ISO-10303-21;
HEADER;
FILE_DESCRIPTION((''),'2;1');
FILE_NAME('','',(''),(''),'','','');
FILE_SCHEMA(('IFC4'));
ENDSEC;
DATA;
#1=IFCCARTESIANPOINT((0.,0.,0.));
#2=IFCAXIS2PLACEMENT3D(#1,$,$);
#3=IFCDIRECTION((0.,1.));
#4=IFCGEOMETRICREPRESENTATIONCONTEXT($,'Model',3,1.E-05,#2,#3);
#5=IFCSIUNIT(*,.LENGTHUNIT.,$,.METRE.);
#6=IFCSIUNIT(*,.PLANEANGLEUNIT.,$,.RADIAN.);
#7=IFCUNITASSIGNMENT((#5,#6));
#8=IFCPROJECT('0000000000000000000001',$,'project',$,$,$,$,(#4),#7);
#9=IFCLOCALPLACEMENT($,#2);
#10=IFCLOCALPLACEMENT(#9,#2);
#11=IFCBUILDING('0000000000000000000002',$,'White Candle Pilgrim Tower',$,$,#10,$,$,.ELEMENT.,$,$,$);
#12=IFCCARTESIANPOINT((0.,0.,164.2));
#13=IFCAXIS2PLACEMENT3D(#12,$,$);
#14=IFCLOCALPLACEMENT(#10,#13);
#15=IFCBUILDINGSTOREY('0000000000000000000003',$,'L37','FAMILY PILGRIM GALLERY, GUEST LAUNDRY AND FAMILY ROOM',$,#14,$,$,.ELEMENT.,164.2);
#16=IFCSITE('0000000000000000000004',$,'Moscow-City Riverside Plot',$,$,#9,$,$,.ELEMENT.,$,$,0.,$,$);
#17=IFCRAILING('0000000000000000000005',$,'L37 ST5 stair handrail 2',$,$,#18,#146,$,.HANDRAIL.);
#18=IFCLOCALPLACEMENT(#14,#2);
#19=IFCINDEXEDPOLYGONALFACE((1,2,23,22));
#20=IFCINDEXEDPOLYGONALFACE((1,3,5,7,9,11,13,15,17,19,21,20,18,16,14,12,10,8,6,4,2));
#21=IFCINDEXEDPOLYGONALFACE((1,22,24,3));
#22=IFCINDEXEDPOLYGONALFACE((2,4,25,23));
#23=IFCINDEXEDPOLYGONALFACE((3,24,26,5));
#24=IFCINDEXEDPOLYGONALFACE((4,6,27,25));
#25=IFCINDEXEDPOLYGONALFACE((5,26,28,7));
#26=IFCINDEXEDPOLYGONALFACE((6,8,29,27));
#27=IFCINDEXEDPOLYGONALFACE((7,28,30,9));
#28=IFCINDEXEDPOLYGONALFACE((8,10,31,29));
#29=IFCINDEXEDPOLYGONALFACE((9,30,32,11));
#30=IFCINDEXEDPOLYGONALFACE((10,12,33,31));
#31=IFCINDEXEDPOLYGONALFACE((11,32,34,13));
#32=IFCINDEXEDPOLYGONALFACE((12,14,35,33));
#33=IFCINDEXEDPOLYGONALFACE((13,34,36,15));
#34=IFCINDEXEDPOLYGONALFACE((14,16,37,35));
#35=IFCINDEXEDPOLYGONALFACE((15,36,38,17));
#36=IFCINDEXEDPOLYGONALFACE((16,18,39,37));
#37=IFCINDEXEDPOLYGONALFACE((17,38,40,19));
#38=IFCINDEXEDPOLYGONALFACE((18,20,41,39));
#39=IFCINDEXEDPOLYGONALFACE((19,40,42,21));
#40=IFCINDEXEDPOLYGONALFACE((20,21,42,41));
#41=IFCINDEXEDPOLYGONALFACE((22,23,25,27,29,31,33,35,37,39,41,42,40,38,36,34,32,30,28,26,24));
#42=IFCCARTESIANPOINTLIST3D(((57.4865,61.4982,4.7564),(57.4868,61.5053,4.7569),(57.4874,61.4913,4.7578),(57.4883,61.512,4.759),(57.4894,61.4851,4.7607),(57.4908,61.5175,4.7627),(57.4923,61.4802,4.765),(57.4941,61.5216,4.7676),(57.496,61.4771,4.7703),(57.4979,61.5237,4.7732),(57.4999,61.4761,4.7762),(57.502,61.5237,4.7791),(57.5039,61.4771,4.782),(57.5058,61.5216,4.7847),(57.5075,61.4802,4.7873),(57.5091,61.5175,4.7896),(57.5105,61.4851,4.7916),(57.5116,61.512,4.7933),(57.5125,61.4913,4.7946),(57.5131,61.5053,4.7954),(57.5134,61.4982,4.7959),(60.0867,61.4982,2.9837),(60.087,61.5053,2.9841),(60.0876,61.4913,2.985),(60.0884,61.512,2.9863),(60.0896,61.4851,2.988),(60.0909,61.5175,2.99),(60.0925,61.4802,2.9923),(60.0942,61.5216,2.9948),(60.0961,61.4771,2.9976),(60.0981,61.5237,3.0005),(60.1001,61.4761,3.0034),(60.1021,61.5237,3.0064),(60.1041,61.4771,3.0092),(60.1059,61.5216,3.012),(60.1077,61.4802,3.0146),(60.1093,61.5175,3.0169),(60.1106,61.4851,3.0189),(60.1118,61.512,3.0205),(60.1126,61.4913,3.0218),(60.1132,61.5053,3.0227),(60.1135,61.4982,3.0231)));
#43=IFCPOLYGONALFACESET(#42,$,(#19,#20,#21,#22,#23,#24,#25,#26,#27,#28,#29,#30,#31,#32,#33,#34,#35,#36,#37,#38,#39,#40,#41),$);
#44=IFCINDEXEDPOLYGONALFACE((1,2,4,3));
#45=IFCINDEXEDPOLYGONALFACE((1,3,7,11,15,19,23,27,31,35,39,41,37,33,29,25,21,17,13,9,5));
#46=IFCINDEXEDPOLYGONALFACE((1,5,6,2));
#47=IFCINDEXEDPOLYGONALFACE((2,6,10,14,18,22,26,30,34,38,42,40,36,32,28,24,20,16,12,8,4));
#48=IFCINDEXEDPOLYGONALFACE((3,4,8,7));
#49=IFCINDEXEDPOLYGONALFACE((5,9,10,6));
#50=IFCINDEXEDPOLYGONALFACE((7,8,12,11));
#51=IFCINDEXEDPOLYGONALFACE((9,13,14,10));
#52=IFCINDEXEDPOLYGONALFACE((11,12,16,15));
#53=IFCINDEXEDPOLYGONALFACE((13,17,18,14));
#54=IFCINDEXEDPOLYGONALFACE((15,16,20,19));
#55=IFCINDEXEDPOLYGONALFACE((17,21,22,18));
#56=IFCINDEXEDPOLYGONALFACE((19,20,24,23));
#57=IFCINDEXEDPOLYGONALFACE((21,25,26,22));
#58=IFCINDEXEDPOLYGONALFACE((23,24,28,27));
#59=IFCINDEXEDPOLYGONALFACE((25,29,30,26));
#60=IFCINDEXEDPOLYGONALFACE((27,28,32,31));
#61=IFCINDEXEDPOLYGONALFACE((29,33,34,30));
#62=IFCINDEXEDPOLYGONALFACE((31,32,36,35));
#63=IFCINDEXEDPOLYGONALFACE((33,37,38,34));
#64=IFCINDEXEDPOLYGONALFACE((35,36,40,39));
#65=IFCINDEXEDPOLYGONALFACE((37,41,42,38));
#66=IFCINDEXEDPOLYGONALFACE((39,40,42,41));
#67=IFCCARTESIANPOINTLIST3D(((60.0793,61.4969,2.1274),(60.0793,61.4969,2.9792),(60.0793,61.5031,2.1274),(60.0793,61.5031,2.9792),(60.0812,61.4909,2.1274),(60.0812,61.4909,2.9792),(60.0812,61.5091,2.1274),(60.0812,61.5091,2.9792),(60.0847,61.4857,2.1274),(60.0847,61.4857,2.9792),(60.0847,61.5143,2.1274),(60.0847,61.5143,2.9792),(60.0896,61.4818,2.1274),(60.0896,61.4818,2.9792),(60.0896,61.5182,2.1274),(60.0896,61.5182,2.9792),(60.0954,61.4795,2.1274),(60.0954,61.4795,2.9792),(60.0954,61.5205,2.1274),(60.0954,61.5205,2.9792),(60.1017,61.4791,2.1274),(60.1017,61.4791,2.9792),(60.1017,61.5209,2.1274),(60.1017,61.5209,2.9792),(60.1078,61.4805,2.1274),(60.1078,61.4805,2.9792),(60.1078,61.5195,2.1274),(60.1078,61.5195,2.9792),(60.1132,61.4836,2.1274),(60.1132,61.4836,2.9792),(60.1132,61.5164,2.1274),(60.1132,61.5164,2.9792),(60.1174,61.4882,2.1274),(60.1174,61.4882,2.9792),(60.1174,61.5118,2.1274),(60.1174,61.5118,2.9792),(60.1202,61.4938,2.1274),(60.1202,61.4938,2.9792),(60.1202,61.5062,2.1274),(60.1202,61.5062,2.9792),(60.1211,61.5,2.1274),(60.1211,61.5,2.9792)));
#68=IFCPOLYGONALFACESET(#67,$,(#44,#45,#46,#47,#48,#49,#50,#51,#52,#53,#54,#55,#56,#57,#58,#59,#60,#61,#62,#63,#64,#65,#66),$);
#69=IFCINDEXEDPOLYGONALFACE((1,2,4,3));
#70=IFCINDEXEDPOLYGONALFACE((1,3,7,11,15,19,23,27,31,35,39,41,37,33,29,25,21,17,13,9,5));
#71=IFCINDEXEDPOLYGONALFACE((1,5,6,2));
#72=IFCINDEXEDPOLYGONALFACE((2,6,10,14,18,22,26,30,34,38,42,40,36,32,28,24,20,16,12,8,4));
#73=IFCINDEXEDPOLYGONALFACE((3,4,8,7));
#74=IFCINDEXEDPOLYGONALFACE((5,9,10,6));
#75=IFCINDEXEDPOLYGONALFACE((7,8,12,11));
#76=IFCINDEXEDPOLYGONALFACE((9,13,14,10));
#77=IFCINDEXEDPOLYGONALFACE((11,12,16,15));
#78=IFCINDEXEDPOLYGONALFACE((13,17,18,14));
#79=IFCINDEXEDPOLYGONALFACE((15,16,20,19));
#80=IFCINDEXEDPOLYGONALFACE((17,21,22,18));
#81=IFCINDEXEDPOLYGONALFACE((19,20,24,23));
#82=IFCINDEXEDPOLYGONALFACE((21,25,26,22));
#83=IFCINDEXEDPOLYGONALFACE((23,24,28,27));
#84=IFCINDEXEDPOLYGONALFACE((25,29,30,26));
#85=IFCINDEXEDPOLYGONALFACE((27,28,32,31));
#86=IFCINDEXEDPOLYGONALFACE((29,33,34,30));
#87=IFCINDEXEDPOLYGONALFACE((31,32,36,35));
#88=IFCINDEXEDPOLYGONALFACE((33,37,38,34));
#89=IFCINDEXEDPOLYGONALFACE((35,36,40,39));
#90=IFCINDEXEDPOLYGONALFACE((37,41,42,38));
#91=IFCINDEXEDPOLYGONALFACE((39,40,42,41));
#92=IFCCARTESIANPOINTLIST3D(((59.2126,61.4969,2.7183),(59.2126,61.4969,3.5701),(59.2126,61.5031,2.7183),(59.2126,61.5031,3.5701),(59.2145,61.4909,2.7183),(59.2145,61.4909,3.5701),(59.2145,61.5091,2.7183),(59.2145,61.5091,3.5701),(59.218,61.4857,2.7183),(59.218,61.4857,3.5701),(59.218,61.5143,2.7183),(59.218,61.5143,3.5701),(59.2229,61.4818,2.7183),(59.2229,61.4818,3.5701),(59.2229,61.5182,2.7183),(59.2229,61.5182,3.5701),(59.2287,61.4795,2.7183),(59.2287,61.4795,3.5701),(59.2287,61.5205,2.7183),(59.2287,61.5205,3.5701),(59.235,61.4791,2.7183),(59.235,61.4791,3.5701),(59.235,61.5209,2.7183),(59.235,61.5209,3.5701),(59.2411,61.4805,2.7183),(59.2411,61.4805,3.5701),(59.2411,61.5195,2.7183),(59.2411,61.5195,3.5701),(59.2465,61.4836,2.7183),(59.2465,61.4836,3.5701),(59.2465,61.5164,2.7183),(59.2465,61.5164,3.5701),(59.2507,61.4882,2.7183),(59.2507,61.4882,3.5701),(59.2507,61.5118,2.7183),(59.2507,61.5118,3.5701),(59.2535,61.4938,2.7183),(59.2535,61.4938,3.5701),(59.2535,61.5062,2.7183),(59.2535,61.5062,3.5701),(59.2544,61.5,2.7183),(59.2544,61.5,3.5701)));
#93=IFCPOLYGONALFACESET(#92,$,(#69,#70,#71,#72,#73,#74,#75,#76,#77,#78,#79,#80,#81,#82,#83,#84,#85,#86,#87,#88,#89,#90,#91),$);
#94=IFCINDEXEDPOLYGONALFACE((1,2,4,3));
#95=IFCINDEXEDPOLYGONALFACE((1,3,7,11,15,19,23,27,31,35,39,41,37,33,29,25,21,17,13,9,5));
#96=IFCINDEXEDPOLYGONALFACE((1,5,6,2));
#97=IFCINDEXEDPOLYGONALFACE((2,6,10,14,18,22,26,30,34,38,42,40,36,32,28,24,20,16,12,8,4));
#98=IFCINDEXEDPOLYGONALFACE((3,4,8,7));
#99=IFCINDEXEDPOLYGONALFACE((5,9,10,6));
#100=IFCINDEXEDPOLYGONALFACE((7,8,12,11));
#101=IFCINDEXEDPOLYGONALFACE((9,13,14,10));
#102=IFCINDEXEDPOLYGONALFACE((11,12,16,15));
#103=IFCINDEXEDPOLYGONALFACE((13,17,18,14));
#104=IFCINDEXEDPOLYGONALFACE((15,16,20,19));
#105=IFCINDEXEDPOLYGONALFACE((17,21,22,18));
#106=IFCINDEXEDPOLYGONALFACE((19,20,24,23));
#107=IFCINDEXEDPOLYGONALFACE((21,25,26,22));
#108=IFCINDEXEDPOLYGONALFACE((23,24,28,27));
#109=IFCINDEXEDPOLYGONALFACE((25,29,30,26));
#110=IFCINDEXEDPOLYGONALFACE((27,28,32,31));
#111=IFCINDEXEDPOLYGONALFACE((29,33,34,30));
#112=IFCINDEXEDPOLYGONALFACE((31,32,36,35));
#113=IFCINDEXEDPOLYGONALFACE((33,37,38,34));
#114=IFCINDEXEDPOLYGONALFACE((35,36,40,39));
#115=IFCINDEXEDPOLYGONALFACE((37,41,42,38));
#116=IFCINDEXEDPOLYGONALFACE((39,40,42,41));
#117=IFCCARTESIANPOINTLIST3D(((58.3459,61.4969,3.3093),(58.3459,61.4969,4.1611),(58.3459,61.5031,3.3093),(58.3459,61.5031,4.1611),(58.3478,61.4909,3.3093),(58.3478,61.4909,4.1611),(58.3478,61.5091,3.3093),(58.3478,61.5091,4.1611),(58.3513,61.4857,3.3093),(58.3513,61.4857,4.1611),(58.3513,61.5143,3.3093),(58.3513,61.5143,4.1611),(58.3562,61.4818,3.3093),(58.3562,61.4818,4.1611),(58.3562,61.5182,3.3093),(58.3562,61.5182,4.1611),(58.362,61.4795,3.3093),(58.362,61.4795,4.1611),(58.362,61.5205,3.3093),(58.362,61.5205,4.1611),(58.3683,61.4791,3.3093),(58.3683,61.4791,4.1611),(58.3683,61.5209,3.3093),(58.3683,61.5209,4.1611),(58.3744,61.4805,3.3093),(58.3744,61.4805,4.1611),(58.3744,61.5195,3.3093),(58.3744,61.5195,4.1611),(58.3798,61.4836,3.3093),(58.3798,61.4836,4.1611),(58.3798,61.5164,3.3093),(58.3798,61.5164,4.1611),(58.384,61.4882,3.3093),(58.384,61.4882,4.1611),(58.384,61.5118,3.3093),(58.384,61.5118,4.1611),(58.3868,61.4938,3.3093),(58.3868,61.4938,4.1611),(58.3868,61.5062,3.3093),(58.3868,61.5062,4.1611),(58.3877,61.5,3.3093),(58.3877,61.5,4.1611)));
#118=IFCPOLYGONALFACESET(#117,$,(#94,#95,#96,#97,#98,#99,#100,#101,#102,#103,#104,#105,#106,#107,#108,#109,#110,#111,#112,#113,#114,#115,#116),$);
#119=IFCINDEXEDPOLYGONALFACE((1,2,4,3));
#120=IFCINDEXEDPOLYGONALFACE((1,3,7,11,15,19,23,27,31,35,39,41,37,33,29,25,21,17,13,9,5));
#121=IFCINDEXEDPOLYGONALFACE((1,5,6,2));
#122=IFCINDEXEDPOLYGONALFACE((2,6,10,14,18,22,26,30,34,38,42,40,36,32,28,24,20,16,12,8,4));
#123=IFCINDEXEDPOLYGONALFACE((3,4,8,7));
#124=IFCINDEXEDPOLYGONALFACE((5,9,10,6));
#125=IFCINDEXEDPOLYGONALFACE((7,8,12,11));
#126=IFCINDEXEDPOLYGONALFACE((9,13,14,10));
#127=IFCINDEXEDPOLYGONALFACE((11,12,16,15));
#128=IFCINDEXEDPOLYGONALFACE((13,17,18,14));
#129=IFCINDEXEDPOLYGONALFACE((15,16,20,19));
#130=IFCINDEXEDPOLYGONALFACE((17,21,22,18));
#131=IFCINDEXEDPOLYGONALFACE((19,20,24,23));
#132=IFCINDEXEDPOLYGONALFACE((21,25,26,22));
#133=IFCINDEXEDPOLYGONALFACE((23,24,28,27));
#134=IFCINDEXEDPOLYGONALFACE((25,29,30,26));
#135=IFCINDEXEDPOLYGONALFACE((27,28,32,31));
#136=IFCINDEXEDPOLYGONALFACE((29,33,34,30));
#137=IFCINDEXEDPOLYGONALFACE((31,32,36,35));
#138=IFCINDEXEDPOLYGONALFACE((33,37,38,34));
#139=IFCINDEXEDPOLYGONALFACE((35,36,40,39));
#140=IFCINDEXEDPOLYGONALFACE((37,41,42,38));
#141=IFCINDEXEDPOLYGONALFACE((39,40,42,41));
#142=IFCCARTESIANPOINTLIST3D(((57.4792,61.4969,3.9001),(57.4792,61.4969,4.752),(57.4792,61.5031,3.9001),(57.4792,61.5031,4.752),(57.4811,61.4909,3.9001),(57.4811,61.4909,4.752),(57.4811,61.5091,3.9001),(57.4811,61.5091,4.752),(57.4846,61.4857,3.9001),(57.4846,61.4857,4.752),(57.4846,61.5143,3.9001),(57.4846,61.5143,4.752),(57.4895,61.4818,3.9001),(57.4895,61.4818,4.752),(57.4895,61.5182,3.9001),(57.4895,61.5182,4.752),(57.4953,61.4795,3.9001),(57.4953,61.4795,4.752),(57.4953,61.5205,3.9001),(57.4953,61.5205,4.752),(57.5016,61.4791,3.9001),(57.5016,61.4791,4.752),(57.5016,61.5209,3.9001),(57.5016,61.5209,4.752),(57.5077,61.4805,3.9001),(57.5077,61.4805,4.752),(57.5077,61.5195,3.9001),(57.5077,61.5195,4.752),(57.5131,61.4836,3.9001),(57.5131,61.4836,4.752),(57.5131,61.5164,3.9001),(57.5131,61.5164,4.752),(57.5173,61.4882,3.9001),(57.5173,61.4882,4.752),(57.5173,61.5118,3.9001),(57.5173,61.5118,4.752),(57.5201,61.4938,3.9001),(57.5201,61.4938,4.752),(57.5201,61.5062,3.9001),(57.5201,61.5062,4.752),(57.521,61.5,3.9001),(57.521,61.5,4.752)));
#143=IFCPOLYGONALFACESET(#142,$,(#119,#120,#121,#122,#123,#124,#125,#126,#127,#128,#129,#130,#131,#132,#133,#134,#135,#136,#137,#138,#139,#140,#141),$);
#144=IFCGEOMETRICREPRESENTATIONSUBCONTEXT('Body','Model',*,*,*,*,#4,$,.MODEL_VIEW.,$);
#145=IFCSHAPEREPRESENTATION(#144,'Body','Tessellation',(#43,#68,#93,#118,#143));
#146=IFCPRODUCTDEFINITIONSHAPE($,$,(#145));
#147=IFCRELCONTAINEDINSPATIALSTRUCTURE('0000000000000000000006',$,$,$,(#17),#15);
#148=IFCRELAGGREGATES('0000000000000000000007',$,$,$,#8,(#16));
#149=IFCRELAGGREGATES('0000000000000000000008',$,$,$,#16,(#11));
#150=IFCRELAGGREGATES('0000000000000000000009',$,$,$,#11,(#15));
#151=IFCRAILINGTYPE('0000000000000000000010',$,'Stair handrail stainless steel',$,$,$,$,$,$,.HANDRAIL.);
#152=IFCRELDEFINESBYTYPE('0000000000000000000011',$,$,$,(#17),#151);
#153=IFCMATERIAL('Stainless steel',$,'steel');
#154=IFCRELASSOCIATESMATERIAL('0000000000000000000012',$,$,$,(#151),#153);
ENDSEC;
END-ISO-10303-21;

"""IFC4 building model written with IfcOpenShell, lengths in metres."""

from ifc_helpers import new_model, si_unit, direction, frame, origin, origin_2d, place, context, subcontext, project, spatial, circle, extrude, material, type_object, element, save


model = new_model("IFC4")

# Units and contexts
model_context = context("Model", 3, precision=1e-05, world=origin(), true_north=direction((0.0, 1.0)))
body_context = subcontext(model_context, "Body", "Model", "MODEL_VIEW")
ifc_project = project(units=[si_unit("LENGTHUNIT", "METRE"), si_unit("PLANEANGLEUNIT", "RADIAN")], contexts=[model_context])

# Site, building, storey
site_placement = place(None, origin())
site = spatial("IfcSite", under=ifc_project, at=site_placement, Name="Moscow-City Riverside Plot", CompositionType="ELEMENT", RefElevation=0.0)
building_placement = place(site_placement, origin())
building = spatial("IfcBuilding", under=site, at=building_placement, Name="White Candle Pilgrim Tower", CompositionType="ELEMENT")
storey_placement = place(building_placement, frame((0.0, 0.0, 164.2)))
storey = spatial("IfcBuildingStorey", under=building, at=storey_placement, Name="L37", Description="FAMILY PILGRIM GALLERY, GUEST LAUNDRY AND FAMILY ROOM", CompositionType="ELEMENT", Elevation=164.2)

# Railing
ifc_material_1 = material(Name="Stainless steel", Category="steel")
railing_type_1 = type_object("IfcRailingType", Name="Stair handrail stainless steel", PredefinedType="HANDRAIL", material=ifc_material_1)
railing_1_placement = place(storey_placement, frame((60.1001, 61.5, 2.1274)))
element("IfcRailing", 1, at=railing_1_placement, inside=storey, type_object=railing_type_1, Name="L37 ST5 stair handrail 2", PredefinedType="HANDRAIL", context=body_context, shape_type="SweptSolid", body=[
    extrude(circle(Radius=0.0239, at=origin_2d()), frame((0.0, 0.0, 0.876), z_axis=(-0.82624, 0.0, 0.563318), x_axis=(0.0, -1.0, 0.0)), (0.0, 0.0, 1.0), 3.147),
    extrude(circle(Radius=0.021, at=origin_2d()), origin(), (0.0, 0.0, 1.0), 0.8518),
    extrude(circle(Radius=0.021, at=origin_2d()), frame((-0.8667, 0.0, 0.5908)), (0.0, 0.0, 1.0), 0.8518),
    extrude(circle(Radius=0.021, at=origin_2d()), frame((-1.7334, 0.0, 1.1819)), (0.0, 0.0, 1.0), 0.8518),
    extrude(circle(Radius=0.021, at=origin_2d()), frame((-2.6001, 0.0, 1.7727)), (0.0, 0.0, 1.0), 0.8518),
])

save(model, "model.ifc")
